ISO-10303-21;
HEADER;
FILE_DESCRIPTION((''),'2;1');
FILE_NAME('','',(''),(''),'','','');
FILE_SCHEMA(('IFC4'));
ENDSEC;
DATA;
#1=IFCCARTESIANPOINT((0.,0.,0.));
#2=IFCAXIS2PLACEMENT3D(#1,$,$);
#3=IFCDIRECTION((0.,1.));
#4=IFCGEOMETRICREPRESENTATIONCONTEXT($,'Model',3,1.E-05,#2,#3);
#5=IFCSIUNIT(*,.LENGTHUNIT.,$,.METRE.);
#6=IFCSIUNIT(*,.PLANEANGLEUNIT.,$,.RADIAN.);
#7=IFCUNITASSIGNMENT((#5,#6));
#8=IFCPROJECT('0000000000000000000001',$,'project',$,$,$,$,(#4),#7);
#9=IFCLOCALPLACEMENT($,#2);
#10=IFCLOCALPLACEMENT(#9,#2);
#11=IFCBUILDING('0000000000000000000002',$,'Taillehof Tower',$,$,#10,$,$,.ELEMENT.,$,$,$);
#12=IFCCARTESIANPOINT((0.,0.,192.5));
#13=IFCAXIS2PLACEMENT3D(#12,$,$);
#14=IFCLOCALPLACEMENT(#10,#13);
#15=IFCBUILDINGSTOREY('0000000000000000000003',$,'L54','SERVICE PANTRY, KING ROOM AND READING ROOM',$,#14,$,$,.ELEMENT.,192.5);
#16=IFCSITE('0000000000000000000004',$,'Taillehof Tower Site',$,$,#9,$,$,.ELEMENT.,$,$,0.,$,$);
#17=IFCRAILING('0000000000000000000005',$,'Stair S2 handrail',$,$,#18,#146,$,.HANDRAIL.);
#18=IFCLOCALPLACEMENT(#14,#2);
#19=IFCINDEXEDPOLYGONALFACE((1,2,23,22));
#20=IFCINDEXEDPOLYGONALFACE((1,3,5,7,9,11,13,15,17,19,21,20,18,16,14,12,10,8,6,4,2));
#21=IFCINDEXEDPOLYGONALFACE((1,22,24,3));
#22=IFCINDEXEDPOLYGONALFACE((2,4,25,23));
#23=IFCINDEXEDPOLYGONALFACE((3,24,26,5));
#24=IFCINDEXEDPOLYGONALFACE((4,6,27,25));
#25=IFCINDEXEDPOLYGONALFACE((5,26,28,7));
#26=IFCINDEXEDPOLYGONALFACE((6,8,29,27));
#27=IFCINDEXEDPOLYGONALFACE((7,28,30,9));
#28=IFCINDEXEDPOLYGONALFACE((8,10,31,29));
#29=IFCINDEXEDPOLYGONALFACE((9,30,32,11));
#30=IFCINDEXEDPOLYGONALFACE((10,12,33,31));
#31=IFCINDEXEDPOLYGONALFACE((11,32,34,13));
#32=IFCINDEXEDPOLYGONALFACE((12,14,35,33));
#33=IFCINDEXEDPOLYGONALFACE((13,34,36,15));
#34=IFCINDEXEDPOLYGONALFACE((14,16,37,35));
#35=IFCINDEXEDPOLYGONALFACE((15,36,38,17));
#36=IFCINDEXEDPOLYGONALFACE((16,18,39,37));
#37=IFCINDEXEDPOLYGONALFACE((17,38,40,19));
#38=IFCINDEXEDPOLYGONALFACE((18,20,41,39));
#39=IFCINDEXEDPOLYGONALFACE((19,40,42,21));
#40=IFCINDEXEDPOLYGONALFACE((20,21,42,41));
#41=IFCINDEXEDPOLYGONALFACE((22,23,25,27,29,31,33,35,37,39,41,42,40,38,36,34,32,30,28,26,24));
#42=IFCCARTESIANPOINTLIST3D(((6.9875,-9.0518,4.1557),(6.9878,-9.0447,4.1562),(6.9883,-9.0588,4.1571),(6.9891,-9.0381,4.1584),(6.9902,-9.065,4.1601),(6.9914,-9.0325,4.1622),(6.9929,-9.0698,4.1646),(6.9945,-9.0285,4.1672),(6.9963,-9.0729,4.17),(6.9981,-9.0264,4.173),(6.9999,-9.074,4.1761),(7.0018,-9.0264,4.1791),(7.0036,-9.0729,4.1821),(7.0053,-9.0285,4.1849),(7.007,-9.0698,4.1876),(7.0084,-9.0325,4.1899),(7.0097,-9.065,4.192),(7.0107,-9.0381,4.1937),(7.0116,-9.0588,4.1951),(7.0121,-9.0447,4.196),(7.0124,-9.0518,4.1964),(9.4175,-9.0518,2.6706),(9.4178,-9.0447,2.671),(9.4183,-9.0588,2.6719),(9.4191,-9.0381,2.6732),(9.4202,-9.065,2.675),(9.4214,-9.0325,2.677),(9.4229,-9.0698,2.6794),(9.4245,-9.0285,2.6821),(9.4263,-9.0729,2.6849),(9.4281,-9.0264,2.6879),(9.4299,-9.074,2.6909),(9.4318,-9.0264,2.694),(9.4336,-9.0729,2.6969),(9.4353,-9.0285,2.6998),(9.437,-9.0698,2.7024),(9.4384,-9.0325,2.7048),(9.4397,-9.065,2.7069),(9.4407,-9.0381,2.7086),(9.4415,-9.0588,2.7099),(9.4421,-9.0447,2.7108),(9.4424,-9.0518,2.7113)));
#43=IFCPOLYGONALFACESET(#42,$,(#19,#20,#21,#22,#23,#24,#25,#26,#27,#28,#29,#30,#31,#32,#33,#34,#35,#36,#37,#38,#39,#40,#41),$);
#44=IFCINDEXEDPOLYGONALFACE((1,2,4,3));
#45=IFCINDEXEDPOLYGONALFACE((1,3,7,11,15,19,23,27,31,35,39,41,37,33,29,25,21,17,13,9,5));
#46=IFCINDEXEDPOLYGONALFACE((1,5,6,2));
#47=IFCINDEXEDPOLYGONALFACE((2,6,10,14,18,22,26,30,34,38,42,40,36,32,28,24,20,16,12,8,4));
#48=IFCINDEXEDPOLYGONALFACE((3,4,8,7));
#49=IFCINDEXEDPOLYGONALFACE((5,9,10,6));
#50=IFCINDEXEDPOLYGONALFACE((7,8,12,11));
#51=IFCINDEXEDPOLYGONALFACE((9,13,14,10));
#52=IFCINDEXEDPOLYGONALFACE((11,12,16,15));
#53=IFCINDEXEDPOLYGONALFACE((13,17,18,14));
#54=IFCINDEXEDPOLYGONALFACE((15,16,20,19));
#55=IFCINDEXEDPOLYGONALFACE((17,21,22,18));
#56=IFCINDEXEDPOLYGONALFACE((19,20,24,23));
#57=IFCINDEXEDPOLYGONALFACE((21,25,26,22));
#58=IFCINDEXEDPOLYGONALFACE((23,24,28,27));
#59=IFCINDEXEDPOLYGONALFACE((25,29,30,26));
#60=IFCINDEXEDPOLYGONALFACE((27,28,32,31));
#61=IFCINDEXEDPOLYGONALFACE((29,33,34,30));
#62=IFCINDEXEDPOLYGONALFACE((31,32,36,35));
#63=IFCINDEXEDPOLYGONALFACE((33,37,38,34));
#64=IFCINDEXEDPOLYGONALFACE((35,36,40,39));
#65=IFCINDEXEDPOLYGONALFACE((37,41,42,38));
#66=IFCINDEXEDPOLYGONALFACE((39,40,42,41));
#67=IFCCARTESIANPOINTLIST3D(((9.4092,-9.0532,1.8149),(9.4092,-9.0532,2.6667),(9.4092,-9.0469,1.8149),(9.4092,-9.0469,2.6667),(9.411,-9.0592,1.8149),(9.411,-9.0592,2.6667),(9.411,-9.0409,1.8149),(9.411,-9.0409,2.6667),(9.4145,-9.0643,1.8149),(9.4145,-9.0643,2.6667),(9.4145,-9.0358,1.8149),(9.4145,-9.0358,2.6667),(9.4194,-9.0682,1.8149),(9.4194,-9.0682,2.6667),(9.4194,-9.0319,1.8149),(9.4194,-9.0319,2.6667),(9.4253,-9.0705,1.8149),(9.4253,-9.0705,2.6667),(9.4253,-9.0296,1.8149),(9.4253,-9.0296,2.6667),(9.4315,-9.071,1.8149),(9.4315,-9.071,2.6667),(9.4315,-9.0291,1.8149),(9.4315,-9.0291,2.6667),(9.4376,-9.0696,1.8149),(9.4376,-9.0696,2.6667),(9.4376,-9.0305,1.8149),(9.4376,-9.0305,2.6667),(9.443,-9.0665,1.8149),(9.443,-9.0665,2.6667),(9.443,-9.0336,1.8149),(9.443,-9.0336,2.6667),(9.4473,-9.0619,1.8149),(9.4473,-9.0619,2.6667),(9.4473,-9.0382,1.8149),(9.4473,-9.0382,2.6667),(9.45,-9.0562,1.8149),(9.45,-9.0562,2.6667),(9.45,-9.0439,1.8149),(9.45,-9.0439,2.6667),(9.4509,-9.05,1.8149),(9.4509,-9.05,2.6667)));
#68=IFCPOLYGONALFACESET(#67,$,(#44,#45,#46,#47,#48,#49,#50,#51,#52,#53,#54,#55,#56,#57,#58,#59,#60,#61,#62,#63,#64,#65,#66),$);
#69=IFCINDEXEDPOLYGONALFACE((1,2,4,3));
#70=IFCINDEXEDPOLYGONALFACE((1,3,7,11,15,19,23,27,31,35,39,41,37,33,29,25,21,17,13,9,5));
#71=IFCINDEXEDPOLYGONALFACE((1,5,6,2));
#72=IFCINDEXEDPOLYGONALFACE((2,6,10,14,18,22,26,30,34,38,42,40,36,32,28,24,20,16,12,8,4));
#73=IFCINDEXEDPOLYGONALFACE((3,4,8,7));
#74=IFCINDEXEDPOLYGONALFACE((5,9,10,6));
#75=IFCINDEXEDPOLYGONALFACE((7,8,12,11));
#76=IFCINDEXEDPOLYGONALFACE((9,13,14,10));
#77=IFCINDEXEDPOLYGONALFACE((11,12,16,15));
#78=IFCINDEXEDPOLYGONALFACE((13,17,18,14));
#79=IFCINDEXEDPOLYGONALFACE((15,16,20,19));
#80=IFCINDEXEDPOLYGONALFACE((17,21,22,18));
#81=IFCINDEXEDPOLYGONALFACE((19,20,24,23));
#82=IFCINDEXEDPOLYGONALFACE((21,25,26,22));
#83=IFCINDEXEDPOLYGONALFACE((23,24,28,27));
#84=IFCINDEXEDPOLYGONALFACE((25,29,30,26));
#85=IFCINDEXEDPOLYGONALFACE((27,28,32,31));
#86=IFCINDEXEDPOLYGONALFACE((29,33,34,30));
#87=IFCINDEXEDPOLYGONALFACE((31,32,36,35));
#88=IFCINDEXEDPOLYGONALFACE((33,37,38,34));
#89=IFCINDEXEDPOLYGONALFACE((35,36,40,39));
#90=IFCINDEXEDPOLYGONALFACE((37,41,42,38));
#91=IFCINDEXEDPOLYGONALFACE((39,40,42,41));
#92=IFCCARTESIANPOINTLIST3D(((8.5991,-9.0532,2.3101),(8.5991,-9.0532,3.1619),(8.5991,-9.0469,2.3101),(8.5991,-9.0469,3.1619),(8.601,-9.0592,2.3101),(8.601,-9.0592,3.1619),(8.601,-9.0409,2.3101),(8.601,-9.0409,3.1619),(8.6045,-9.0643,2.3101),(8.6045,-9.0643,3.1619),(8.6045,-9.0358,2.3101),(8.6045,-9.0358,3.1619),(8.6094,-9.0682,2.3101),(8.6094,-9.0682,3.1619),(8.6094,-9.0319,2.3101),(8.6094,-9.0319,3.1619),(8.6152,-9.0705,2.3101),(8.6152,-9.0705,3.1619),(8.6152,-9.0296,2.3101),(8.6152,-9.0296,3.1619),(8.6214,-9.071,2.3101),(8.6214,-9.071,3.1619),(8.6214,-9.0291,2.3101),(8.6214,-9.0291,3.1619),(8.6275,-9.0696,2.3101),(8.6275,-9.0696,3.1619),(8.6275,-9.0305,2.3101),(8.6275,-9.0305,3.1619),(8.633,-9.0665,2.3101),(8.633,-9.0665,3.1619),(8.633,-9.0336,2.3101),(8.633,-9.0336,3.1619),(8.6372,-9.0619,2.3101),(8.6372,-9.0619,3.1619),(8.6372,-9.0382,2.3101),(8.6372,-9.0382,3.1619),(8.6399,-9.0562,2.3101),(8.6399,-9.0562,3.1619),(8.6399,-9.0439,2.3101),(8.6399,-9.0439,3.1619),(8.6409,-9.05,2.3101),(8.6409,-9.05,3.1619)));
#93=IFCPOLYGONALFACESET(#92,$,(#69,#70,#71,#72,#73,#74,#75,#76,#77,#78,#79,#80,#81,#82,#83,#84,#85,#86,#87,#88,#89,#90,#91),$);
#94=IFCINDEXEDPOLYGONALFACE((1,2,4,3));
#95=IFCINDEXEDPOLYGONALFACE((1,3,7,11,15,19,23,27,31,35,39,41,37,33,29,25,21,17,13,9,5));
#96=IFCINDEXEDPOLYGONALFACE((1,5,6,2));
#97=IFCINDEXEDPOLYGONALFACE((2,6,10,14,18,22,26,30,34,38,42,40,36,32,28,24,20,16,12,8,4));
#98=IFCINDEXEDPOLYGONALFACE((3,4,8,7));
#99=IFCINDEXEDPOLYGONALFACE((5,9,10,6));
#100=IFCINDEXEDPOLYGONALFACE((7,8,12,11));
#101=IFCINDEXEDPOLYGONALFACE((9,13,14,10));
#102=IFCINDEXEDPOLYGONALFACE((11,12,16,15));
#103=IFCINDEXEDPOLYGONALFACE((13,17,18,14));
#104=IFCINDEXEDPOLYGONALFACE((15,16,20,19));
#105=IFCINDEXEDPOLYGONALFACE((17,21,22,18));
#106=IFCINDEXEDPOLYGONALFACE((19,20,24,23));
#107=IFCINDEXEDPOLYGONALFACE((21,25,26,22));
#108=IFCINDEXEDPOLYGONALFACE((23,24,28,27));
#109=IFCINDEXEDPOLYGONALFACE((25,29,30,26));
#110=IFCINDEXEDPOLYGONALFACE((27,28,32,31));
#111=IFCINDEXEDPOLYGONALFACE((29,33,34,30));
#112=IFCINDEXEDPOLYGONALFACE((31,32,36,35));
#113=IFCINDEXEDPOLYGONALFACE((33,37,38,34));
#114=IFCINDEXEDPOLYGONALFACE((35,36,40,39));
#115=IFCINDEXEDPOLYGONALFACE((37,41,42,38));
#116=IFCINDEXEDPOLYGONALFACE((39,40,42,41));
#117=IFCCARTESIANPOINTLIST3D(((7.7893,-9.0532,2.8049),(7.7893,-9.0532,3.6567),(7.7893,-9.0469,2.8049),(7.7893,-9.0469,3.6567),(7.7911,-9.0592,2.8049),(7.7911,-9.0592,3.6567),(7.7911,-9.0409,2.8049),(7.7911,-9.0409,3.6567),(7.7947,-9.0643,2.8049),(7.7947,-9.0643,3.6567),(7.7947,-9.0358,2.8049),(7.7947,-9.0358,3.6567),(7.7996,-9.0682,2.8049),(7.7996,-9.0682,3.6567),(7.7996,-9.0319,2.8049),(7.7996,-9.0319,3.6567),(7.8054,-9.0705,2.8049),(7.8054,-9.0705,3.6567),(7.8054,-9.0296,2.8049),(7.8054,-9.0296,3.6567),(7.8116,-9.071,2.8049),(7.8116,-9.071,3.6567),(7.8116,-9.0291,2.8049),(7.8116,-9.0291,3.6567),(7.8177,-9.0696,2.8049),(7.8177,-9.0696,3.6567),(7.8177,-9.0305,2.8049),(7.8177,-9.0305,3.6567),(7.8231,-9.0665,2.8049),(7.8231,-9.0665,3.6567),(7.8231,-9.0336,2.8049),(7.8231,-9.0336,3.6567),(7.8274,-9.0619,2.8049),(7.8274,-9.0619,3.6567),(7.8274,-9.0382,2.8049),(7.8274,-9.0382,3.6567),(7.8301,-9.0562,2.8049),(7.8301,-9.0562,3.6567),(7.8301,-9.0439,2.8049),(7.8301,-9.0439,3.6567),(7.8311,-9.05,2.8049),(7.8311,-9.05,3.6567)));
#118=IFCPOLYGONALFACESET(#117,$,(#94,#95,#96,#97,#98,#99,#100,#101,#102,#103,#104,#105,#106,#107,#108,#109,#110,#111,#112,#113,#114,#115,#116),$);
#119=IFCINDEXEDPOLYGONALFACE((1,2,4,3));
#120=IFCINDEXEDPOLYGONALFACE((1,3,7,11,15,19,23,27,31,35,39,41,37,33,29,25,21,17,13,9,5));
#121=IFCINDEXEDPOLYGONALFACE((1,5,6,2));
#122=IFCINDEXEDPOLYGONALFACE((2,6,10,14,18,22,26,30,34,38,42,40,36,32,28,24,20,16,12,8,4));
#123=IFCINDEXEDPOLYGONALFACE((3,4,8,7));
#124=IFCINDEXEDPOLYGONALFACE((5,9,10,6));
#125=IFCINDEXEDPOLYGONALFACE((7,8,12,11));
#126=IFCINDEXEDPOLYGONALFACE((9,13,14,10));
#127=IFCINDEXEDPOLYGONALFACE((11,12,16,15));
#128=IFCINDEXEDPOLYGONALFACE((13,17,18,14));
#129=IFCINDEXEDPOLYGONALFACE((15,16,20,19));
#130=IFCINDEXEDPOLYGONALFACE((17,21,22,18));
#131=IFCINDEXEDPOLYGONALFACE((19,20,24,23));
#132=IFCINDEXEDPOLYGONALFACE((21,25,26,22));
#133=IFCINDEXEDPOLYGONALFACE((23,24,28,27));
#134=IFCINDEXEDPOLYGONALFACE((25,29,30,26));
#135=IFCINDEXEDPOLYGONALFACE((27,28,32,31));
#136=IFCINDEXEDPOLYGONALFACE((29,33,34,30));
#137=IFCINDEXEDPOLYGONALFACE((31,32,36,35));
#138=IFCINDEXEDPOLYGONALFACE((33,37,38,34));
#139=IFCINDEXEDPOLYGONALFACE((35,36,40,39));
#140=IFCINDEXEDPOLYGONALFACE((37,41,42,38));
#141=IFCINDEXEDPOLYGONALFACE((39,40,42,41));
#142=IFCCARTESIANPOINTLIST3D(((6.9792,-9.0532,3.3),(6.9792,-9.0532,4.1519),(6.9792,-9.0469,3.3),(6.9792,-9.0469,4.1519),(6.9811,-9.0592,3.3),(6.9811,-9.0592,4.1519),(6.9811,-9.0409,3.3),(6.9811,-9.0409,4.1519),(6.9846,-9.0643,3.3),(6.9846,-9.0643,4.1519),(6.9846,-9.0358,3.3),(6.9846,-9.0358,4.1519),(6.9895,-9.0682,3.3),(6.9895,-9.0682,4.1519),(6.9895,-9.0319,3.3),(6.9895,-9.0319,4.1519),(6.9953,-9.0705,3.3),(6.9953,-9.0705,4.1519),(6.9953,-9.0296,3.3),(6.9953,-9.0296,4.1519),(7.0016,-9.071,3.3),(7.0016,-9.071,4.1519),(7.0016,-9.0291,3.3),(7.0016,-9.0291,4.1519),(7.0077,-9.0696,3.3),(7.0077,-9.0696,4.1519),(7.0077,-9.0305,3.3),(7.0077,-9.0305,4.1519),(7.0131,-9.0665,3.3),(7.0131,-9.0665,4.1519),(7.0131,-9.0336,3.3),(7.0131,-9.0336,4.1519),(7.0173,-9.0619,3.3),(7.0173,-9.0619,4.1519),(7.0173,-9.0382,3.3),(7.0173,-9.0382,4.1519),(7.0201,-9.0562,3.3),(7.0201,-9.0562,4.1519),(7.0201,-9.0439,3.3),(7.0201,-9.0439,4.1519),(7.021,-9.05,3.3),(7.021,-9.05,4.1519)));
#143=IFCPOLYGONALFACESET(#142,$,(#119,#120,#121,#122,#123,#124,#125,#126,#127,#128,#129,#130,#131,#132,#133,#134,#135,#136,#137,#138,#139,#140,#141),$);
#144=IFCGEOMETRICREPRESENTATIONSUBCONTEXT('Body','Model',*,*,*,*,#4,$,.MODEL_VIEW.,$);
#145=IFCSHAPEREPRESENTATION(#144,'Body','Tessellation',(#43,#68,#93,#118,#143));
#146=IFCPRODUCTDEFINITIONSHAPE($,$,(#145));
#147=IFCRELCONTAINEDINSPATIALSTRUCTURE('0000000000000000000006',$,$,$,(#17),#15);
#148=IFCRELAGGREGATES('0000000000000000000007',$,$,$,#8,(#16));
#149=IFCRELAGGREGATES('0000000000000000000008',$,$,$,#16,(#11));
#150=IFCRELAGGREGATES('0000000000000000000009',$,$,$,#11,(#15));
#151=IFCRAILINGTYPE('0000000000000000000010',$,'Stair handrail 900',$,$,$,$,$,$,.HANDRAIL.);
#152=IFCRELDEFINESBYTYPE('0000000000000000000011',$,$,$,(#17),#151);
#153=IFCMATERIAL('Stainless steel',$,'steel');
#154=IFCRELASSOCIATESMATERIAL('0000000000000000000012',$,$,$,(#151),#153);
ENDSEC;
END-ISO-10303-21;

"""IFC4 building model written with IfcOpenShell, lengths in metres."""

from ifc_helpers import new_model, si_unit, direction, frame, origin, origin_2d, place, context, subcontext, project, spatial, circle, extrude, material, type_object, element, save


model = new_model("IFC4")

# Units and contexts
model_context = context("Model", 3, precision=1e-05, world=origin(), true_north=direction((0.0, 1.0)))
body_context = subcontext(model_context, "Body", "Model", "MODEL_VIEW")
ifc_project = project(units=[si_unit("LENGTHUNIT", "METRE"), si_unit("PLANEANGLEUNIT", "RADIAN")], contexts=[model_context])

# Site, building, storey
site_placement = place(None, origin())
site = spatial("IfcSite", under=ifc_project, at=site_placement, Name="Taillehof Tower Site", CompositionType="ELEMENT", RefElevation=0.0)
building_placement = place(site_placement, origin())
building = spatial("IfcBuilding", under=site, at=building_placement, Name="Taillehof Tower", CompositionType="ELEMENT")
storey_placement = place(building_placement, frame((0.0, 0.0, 192.5)))
storey = spatial("IfcBuildingStorey", under=building, at=storey_placement, Name="L54", Description="SERVICE PANTRY, KING ROOM AND READING ROOM", CompositionType="ELEMENT", Elevation=192.5)

# Railing
ifc_material_1 = material(Name="Stainless steel", Category="steel")
railing_type = type_object("IfcRailingType", Name="Stair handrail 900", PredefinedType="HANDRAIL", material=ifc_material_1)
railing_placement = place(storey_placement, frame((9.4299, -9.05, 1.8149)))
element("IfcRailing", 1, at=railing_placement, inside=storey, type_object=railing_type, Name="Stair S2 handrail", PredefinedType="HANDRAIL", context=body_context, shape_type="SweptSolid", body=[
    extrude(circle(Radius=0.0239, at=origin_2d()), frame((0.0, 0.0, 0.876), z_axis=(-0.853259, 0.0, 0.521488), x_axis=(0.0, -1.0, 0.0)), (0.0, 0.0, 1.0), 2.8479),
    extrude(circle(Radius=0.021, at=origin_2d()), origin(), (0.0, 0.0, 1.0), 0.8518),
    extrude(circle(Radius=0.021, at=origin_2d()), frame((-0.8101, 0.0, 0.4951)), (0.0, 0.0, 1.0), 0.8518),
    extrude(circle(Radius=0.021, at=origin_2d()), frame((-1.6199, 0.0, 0.99)), (0.0, 0.0, 1.0), 0.8518),
    extrude(circle(Radius=0.021, at=origin_2d()), frame((-2.4299, 0.0, 1.4851)), (0.0, 0.0, 1.0), 0.8518),
])

save(model, "model.ifc")
